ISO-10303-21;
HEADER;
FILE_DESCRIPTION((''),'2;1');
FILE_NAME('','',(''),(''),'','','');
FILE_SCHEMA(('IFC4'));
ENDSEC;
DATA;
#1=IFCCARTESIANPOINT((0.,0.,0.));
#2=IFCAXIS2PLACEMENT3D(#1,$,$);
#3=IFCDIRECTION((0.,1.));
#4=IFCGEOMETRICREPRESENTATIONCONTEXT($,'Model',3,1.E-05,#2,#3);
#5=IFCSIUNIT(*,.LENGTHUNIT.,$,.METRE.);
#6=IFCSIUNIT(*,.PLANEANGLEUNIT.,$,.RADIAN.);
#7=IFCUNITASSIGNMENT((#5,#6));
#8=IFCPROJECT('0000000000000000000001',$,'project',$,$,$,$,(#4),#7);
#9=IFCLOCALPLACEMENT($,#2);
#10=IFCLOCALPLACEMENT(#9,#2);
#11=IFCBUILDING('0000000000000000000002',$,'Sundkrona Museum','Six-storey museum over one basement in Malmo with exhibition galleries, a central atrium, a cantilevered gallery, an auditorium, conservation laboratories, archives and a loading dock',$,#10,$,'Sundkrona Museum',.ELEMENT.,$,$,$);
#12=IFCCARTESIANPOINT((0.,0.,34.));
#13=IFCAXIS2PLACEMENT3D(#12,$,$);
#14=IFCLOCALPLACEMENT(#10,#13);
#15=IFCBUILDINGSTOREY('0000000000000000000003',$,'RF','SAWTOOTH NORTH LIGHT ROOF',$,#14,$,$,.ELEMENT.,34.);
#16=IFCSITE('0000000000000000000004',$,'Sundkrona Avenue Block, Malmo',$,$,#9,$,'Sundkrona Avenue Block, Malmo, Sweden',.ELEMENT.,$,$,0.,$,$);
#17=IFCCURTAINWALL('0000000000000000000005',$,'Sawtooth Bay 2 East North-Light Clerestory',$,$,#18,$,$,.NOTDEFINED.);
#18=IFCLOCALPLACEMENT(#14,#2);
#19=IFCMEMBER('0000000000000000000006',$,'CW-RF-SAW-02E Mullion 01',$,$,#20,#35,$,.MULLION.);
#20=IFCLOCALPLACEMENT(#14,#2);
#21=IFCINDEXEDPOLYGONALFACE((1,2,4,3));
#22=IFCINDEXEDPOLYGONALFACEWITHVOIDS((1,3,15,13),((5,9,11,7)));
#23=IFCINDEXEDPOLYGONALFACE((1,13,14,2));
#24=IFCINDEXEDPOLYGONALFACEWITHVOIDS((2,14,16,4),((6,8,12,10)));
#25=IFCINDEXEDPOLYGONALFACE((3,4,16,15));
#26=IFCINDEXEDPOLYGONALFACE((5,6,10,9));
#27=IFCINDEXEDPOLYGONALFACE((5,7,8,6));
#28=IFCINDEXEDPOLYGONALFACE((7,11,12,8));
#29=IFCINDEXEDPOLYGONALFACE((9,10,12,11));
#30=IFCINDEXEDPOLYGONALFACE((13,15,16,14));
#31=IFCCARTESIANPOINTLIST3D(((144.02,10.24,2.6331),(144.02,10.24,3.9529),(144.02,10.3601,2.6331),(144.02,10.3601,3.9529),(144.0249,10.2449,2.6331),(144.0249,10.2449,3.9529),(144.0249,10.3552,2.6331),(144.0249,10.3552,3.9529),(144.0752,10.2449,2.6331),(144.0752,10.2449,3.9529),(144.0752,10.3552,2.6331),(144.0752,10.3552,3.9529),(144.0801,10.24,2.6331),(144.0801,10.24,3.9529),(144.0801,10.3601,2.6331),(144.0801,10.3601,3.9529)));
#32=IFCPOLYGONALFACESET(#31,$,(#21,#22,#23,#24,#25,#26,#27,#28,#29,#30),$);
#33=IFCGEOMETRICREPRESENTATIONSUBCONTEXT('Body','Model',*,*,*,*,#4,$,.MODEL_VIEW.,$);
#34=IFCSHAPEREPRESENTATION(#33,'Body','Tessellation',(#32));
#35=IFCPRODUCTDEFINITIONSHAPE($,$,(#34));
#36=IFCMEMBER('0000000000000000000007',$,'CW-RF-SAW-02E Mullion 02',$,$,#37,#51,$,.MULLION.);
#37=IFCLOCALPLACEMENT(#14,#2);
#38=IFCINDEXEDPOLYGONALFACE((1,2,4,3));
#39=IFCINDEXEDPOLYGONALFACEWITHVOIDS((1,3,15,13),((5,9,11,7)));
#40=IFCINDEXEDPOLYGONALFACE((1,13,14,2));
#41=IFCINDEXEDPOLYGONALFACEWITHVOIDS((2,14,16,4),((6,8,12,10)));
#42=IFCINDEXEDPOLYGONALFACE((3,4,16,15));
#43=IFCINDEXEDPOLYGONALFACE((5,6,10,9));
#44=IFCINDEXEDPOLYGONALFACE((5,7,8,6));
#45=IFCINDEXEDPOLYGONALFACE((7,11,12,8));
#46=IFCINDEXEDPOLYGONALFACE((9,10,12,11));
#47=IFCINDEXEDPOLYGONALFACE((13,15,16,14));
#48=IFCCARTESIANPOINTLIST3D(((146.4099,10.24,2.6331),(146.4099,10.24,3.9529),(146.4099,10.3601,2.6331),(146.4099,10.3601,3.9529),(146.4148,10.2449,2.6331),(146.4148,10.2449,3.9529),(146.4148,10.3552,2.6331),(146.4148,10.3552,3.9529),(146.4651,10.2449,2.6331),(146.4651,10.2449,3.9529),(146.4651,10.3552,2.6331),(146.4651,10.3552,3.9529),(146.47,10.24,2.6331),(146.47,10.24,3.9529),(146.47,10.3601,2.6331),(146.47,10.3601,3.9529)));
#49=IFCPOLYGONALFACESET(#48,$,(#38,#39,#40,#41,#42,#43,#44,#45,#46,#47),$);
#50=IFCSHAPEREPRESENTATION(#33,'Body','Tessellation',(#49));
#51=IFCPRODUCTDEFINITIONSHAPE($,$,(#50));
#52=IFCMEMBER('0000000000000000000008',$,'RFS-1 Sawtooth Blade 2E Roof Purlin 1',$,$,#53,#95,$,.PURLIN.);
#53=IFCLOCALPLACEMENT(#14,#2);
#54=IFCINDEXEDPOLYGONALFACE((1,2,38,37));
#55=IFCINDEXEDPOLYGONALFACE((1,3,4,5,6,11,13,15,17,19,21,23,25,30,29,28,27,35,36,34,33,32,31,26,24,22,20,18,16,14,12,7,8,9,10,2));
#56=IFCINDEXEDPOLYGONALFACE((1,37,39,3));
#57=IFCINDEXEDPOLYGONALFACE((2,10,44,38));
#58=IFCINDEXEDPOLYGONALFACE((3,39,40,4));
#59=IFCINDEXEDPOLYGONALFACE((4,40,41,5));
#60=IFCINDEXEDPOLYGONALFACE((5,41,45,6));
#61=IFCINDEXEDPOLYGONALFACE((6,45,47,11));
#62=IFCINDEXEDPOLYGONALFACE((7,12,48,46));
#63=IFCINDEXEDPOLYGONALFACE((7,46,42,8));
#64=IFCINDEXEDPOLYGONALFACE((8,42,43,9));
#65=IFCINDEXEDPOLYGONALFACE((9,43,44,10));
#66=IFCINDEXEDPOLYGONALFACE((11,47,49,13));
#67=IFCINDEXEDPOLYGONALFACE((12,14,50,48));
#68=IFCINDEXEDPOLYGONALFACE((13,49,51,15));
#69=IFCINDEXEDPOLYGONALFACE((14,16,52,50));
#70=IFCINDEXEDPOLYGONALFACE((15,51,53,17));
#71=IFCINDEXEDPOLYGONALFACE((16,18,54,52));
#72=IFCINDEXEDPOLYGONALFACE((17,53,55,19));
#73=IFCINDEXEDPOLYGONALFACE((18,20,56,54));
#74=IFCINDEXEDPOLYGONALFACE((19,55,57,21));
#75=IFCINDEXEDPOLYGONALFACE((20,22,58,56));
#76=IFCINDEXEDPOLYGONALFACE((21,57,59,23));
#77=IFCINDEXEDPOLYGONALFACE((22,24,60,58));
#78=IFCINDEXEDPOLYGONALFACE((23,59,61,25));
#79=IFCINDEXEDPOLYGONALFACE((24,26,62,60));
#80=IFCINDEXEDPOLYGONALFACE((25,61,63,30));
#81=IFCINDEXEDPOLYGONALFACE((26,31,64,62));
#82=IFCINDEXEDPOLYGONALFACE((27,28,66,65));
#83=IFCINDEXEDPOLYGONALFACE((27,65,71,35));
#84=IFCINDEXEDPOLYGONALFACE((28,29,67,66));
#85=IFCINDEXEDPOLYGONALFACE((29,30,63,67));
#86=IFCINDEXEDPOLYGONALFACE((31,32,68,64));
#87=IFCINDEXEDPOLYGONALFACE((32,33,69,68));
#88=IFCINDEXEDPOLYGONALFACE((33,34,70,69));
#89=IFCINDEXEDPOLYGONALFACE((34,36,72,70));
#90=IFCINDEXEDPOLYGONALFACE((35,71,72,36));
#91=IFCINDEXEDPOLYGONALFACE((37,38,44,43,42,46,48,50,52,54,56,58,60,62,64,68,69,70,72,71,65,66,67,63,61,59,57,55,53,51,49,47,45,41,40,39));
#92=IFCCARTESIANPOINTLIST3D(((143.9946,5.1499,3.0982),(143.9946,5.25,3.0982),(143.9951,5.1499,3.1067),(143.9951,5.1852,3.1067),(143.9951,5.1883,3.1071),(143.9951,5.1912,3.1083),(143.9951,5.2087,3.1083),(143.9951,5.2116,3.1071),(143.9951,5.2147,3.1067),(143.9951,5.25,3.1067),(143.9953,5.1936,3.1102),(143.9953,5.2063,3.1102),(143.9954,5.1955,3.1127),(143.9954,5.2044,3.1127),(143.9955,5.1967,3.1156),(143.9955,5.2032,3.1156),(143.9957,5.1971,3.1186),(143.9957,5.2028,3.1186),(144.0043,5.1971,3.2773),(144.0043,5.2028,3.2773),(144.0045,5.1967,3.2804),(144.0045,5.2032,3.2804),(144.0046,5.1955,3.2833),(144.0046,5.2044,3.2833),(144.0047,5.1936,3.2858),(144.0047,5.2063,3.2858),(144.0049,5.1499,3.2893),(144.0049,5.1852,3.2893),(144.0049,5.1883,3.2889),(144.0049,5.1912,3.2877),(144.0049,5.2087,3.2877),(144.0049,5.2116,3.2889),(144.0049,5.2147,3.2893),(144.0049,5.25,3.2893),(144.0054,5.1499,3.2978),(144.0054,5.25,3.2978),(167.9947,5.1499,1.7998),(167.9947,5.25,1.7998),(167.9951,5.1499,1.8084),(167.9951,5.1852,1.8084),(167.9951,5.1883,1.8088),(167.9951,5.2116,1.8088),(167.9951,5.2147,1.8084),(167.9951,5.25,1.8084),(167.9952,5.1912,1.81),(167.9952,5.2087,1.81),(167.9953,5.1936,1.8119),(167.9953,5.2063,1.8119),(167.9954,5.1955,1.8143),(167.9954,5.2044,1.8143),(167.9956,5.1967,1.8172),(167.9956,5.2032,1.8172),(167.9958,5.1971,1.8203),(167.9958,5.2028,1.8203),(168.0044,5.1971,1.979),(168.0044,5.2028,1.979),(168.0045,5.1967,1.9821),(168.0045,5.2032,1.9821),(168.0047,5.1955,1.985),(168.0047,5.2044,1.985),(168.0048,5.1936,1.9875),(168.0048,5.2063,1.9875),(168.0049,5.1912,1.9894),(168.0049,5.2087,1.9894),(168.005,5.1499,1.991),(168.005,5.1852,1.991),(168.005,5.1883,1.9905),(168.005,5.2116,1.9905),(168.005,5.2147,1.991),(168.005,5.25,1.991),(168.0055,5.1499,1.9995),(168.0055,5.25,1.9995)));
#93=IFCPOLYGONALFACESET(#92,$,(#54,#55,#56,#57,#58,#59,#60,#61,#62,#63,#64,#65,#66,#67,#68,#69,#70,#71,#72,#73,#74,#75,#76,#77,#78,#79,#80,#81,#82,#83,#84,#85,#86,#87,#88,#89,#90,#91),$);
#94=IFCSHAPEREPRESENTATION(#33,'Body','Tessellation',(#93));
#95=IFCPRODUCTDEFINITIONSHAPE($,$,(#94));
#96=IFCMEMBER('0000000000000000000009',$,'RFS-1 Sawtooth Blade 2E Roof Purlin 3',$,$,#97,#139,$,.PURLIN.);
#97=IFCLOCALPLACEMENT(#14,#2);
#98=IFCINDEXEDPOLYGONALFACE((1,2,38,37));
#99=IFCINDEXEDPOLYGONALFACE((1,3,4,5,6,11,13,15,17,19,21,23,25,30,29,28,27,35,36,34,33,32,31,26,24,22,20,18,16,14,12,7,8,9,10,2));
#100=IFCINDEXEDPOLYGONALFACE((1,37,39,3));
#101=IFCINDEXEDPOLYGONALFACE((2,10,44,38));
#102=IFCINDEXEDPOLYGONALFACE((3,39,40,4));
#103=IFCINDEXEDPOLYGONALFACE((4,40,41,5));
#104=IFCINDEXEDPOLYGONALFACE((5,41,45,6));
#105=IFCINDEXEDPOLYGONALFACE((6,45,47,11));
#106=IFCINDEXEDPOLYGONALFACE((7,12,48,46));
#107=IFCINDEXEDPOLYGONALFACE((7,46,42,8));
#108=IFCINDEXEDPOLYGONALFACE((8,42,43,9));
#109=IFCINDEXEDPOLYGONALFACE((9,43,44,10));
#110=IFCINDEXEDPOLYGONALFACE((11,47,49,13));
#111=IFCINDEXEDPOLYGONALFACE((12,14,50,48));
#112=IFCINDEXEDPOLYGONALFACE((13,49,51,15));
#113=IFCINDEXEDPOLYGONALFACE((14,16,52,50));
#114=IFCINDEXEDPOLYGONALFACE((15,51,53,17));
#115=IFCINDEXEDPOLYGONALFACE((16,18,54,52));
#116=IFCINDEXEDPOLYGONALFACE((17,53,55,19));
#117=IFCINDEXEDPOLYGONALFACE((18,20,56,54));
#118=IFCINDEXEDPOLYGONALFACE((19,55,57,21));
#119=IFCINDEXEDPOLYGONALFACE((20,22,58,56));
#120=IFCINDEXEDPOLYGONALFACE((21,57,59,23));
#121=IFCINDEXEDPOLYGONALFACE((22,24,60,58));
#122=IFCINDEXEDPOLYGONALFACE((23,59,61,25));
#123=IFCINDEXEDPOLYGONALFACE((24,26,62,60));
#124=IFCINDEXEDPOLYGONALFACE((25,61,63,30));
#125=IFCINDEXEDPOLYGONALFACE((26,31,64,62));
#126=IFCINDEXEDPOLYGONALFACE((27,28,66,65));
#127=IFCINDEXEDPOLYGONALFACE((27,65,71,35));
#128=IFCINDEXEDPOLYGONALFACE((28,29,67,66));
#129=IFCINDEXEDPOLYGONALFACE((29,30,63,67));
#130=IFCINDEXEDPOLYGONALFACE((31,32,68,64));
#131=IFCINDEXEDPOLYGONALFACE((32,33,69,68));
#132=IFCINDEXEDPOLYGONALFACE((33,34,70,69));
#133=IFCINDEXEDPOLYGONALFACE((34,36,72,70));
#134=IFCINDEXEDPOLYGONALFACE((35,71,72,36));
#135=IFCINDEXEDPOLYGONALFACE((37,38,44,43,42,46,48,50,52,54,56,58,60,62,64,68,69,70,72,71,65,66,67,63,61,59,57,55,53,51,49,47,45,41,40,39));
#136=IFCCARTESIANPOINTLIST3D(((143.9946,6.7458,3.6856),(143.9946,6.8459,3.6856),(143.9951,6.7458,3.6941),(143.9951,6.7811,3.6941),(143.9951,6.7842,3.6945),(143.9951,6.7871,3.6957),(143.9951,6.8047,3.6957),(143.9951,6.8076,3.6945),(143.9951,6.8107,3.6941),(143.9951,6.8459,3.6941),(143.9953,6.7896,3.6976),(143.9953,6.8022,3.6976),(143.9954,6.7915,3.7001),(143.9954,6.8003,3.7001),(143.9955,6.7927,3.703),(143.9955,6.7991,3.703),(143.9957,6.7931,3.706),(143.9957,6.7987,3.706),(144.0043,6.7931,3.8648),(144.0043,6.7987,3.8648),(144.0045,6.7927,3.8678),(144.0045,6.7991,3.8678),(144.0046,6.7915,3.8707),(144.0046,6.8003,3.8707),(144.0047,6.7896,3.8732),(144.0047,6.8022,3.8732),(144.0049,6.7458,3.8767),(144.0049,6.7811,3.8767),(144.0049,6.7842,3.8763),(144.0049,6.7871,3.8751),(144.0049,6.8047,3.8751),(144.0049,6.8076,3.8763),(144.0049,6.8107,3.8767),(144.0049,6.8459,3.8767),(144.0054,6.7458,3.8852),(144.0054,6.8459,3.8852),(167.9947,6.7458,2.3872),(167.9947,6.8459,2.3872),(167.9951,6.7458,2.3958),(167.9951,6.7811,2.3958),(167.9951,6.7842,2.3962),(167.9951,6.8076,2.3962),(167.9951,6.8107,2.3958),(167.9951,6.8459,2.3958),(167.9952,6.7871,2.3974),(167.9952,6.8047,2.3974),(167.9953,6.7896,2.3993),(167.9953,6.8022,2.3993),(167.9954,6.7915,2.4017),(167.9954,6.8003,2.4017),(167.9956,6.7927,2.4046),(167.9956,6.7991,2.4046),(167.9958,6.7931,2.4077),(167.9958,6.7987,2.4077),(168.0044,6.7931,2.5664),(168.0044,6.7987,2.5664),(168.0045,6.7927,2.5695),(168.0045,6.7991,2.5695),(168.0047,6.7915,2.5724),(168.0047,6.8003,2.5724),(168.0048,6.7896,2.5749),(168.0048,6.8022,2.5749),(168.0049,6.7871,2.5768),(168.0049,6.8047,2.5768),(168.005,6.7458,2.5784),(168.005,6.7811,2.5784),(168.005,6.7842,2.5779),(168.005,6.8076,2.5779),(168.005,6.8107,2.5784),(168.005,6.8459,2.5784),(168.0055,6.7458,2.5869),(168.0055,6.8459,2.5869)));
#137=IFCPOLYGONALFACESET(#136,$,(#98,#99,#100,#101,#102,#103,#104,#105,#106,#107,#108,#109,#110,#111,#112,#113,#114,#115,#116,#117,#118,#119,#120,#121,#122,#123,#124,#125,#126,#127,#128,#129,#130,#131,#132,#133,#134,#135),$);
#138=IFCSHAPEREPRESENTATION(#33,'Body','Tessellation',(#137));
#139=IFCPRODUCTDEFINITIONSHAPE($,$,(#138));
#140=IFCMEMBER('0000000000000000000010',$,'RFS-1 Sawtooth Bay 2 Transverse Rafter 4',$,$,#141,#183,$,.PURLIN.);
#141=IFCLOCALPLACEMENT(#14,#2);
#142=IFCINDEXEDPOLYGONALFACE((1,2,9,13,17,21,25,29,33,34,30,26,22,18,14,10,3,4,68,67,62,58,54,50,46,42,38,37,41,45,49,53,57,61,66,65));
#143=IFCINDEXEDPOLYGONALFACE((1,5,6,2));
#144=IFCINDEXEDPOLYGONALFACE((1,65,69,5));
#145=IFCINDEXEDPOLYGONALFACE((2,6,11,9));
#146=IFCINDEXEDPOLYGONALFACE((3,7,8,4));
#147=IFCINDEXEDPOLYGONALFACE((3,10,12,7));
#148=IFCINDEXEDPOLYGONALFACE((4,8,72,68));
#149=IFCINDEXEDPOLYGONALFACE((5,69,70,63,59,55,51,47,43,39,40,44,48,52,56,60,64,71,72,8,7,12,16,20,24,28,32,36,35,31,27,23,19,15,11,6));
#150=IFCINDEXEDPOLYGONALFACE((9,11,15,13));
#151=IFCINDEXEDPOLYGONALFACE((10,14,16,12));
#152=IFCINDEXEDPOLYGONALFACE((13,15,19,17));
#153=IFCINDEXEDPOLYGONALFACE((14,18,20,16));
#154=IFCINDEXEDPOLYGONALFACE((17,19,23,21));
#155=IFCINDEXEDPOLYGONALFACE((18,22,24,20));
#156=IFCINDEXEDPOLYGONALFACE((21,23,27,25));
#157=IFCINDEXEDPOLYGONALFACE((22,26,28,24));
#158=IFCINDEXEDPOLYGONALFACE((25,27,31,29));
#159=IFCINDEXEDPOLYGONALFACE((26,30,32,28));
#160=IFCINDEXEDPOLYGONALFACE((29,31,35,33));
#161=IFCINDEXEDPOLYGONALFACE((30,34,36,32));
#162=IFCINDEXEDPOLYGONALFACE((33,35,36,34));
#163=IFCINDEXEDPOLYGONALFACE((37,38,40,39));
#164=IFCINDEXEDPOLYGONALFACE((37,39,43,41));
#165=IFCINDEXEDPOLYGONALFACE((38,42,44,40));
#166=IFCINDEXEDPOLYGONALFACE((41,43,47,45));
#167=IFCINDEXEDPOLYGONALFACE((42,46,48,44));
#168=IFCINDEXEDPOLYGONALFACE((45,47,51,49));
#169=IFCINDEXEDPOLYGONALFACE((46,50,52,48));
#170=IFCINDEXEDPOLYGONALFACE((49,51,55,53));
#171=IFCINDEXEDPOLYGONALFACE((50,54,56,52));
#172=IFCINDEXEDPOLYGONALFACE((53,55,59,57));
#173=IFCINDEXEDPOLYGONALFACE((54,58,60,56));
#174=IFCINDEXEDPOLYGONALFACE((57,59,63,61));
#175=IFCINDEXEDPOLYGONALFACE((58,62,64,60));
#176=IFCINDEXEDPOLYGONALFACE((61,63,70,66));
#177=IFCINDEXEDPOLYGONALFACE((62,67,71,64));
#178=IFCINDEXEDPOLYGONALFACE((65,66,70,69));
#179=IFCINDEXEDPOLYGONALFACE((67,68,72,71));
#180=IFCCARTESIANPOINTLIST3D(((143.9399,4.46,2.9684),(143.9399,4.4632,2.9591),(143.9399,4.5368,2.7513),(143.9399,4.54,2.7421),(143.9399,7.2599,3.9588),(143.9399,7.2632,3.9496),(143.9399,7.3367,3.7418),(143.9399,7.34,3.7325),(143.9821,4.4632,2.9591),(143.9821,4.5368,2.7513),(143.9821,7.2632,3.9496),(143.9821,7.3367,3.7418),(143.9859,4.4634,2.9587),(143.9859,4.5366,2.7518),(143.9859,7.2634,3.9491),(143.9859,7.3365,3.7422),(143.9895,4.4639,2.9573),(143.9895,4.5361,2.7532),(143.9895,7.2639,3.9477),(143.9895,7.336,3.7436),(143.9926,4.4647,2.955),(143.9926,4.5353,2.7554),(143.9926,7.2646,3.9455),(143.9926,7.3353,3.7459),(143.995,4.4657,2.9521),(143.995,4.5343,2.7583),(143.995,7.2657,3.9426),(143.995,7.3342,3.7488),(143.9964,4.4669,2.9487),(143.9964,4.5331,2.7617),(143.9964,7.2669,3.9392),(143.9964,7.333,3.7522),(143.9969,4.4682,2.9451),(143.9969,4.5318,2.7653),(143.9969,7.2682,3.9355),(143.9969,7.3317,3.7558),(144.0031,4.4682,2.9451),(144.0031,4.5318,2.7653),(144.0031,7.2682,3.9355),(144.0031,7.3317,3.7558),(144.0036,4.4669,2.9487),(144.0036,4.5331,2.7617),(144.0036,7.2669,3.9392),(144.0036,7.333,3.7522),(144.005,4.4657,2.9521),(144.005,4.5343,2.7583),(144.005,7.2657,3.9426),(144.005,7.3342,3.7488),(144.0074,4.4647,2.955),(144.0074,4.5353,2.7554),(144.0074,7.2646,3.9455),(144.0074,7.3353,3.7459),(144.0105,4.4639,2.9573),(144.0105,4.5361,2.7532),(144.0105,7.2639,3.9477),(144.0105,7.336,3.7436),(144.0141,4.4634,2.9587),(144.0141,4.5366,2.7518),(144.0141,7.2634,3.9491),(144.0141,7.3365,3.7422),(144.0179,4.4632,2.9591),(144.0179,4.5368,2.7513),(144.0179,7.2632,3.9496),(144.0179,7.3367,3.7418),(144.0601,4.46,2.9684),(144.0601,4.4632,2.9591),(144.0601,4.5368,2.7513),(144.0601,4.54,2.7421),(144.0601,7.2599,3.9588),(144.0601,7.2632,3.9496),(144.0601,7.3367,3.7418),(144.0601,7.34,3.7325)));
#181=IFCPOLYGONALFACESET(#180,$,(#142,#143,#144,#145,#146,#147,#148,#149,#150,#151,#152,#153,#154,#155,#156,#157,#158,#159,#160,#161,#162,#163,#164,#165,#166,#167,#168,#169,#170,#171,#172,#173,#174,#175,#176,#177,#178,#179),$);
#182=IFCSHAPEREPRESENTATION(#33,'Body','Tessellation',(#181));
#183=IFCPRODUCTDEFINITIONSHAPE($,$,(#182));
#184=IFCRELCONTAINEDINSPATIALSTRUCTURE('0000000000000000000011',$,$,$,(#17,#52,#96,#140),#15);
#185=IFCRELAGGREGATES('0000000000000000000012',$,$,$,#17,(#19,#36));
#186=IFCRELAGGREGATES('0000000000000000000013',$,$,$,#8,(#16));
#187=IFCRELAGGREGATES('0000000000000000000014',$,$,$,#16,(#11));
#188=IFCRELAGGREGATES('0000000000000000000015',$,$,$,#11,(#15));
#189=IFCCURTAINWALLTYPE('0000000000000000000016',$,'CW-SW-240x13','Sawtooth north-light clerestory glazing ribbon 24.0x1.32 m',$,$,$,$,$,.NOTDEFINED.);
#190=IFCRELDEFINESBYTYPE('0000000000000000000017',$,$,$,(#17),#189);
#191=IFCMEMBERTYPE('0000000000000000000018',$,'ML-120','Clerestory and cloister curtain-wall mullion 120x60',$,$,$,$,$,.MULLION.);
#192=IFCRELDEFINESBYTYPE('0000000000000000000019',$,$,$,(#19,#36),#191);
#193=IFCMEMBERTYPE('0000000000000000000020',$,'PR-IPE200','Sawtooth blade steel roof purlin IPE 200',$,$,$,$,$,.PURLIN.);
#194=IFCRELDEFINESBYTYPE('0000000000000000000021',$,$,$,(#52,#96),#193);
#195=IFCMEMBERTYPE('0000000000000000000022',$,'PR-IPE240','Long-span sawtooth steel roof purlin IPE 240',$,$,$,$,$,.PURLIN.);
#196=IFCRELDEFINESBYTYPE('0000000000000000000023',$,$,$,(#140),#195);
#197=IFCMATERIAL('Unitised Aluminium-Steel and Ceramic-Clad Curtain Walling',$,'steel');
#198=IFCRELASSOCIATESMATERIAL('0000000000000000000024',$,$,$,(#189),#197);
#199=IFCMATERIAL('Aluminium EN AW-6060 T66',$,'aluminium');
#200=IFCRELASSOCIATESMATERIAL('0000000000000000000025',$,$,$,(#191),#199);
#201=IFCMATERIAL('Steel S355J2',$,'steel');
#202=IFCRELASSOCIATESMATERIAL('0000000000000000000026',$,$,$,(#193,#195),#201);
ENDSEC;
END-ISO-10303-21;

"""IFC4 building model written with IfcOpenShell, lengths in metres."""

from ifc_helpers import new_model, si_unit, direction, frame, origin, origin_2d, place, context, subcontext, project, spatial, hollow_rectangle, i_section, extrude, material, material_profile, profile_set, type_object, element, aggregate, save


model = new_model("IFC4")

# Units and contexts
model_context = context("Model", 3, precision=1e-05, world=origin(), true_north=direction((0.0, 1.0)))
body_context = subcontext(model_context, "Body", "Model", "MODEL_VIEW")
ifc_project = project(units=[si_unit("LENGTHUNIT", "METRE"), si_unit("PLANEANGLEUNIT", "RADIAN")], contexts=[model_context])

# Site, building, storey
site_placement = place(None, origin())
site = spatial("IfcSite", under=ifc_project, at=site_placement, Name="Sundkrona Avenue Block, Malmo", LongName="Sundkrona Avenue Block, Malmo, Sweden", CompositionType="ELEMENT", RefElevation=0.0)
building_placement = place(site_placement, origin())
building = spatial("IfcBuilding", under=site, at=building_placement, Name="Sundkrona Museum", Description="Six-storey museum over one basement in Malmo with exhibition galleries, a central atrium, a cantilevered gallery, an auditorium, conservation laboratories, archives and a loading dock", LongName="Sundkrona Museum", CompositionType="ELEMENT")
storey_placement = place(building_placement, frame((0.0, 0.0, 34.0)))
storey = spatial("IfcBuildingStorey", under=building, at=storey_placement, Name="RF", Description="SAWTOOTH NORTH LIGHT ROOF", CompositionType="ELEMENT", Elevation=34.0)

# Curtain wall, members
ifc_material_1 = material(Name="Unitised Aluminium-Steel and Ceramic-Clad Curtain Walling", Category="steel")
curtain_wall_type = type_object("IfcCurtainWallType", Name="CW-SW-240x13", Description="Sawtooth north-light clerestory glazing ribbon 24.0x1.32 m", PredefinedType="NOTDEFINED", material=ifc_material_1)
curtain_wall_placement = place(storey_placement, origin())
curtain_wall = element("IfcCurtainWall", 1, at=curtain_wall_placement, inside=storey, type_object=curtain_wall_type, Name="Sawtooth Bay 2 East North-Light Clerestory", PredefinedType="NOTDEFINED")
ifc_material_2 = material(Name="Aluminium EN AW-6060 T66", Category="aluminium")
ifc_material_profile_1 = material_profile(ifc_material_2, hollow_rectangle(XDim=0.0601, YDim=0.1201, WallThickness=0.0049, at=origin_2d()), Name="RHS 120x60x5.0")
ifc_profile_set_1 = profile_set([ifc_material_profile_1], Name="Aluminium EN AW-6060 T66")
member_type_1 = type_object("IfcMemberType", Name="ML-120", Description="Clerestory and cloister curtain-wall mullion 120x60", PredefinedType="MULLION", material=ifc_profile_set_1)
member_1_placement = place(storey_placement, frame((144.05, 10.3, 2.6331), z_axis=(0.0, 0.0, 1.0), x_axis=(1.0, 0.0, 0.0)))
member_1 = element("IfcMember", 2, at=member_1_placement, type_object=member_type_1, Name="CW-RF-SAW-02E Mullion 01", PredefinedType="MULLION", context=body_context, shape_type="SweptSolid", body=[
    extrude(hollow_rectangle(XDim=0.0601, YDim=0.1201, WallThickness=0.0049, at=origin_2d()), origin(), (0.0, 0.0, 1.0), 1.3198),
])
member_2_placement = place(storey_placement, frame((146.4399, 10.3, 2.6331), z_axis=(0.0, 0.0, 1.0), x_axis=(1.0, 0.0, 0.0)))
member_2 = element("IfcMember", 3, at=member_2_placement, type_object=member_type_1, Name="CW-RF-SAW-02E Mullion 02", PredefinedType="MULLION", context=body_context, shape_type="SweptSolid", body=[
    extrude(hollow_rectangle(XDim=0.0601, YDim=0.1201, WallThickness=0.0049, at=origin_2d()), origin(), (0.0, 0.0, 1.0), 1.3198),
])

# Members
ifc_material_3 = material(Name="Steel S355J2", Category="steel")
ifc_material_profile_2 = material_profile(ifc_material_3, i_section(OverallWidth=0.1001, OverallDepth=0.2, WebThickness=0.0056, FlangeThickness=0.0085, FilletRadius=0.012, at=origin_2d()), Name="IPE 200")
ifc_profile_set_2 = profile_set([ifc_material_profile_2], Name="Steel S355J2")
member_type_2 = type_object("IfcMemberType", Name="PR-IPE200", Description="Sawtooth blade steel roof purlin IPE 200", PredefinedType="PURLIN", material=ifc_profile_set_2)
for number, where, z_axis, x_axis, name in (
    (4, (144.0, 5.2, 3.198), (0.99854, 0.0, -0.054019), (0.0, 1.0, 0.0), "RFS-1 Sawtooth Blade 2E Roof Purlin 1"),
    (5, (144.0, 6.7959, 3.7854), (0.99854, 0.0, -0.054019), (0.0, 1.0, 0.0), "RFS-1 Sawtooth Blade 2E Roof Purlin 3"),
):
    element("IfcMember", number, at=place(storey_placement, frame(where, z_axis=z_axis, x_axis=x_axis)), inside=storey, type_object=member_type_2, Name=name, PredefinedType="PURLIN", context=body_context, shape_type="SweptSolid", body=[
        extrude(i_section(OverallWidth=0.1001, OverallDepth=0.2, WebThickness=0.0056, FlangeThickness=0.0085, FilletRadius=0.012, at=origin_2d()), origin(), (0.0, 0.0, 1.0), 24.0352),
    ])
ifc_material_profile_3 = material_profile(ifc_material_3, i_section(OverallWidth=0.1201, OverallDepth=0.24, WebThickness=0.0061, FlangeThickness=0.0098, FilletRadius=0.0149, at=origin_2d()), Name="IPE 240")
ifc_profile_set_3 = profile_set([ifc_material_profile_3], Name="Steel S355J2")
member_type_3 = type_object("IfcMemberType", Name="PR-IPE240", Description="Long-span sawtooth steel roof purlin IPE 240", PredefinedType="PURLIN", material=ifc_profile_set_3)
member_3_placement = place(storey_placement, frame((144.0, 4.5, 2.8552), z_axis=(0.0, 0.942755, 0.333486), x_axis=(-1.0, 0.0, 0.0)))
element("IfcMember", 6, at=member_3_placement, inside=storey, type_object=member_type_3, Name="RFS-1 Sawtooth Bay 2 Transverse Rafter 4", PredefinedType="PURLIN", context=body_context, shape_type="SweptSolid", body=[
    extrude(i_section(OverallWidth=0.1201, OverallDepth=0.24, WebThickness=0.0061, FlangeThickness=0.0098, FilletRadius=0.0149, at=origin_2d()), origin(), (0.0, 0.0, 1.0), 2.97),
])

aggregate(curtain_wall, [member_1, member_2])

save(model, "model.ifc")
